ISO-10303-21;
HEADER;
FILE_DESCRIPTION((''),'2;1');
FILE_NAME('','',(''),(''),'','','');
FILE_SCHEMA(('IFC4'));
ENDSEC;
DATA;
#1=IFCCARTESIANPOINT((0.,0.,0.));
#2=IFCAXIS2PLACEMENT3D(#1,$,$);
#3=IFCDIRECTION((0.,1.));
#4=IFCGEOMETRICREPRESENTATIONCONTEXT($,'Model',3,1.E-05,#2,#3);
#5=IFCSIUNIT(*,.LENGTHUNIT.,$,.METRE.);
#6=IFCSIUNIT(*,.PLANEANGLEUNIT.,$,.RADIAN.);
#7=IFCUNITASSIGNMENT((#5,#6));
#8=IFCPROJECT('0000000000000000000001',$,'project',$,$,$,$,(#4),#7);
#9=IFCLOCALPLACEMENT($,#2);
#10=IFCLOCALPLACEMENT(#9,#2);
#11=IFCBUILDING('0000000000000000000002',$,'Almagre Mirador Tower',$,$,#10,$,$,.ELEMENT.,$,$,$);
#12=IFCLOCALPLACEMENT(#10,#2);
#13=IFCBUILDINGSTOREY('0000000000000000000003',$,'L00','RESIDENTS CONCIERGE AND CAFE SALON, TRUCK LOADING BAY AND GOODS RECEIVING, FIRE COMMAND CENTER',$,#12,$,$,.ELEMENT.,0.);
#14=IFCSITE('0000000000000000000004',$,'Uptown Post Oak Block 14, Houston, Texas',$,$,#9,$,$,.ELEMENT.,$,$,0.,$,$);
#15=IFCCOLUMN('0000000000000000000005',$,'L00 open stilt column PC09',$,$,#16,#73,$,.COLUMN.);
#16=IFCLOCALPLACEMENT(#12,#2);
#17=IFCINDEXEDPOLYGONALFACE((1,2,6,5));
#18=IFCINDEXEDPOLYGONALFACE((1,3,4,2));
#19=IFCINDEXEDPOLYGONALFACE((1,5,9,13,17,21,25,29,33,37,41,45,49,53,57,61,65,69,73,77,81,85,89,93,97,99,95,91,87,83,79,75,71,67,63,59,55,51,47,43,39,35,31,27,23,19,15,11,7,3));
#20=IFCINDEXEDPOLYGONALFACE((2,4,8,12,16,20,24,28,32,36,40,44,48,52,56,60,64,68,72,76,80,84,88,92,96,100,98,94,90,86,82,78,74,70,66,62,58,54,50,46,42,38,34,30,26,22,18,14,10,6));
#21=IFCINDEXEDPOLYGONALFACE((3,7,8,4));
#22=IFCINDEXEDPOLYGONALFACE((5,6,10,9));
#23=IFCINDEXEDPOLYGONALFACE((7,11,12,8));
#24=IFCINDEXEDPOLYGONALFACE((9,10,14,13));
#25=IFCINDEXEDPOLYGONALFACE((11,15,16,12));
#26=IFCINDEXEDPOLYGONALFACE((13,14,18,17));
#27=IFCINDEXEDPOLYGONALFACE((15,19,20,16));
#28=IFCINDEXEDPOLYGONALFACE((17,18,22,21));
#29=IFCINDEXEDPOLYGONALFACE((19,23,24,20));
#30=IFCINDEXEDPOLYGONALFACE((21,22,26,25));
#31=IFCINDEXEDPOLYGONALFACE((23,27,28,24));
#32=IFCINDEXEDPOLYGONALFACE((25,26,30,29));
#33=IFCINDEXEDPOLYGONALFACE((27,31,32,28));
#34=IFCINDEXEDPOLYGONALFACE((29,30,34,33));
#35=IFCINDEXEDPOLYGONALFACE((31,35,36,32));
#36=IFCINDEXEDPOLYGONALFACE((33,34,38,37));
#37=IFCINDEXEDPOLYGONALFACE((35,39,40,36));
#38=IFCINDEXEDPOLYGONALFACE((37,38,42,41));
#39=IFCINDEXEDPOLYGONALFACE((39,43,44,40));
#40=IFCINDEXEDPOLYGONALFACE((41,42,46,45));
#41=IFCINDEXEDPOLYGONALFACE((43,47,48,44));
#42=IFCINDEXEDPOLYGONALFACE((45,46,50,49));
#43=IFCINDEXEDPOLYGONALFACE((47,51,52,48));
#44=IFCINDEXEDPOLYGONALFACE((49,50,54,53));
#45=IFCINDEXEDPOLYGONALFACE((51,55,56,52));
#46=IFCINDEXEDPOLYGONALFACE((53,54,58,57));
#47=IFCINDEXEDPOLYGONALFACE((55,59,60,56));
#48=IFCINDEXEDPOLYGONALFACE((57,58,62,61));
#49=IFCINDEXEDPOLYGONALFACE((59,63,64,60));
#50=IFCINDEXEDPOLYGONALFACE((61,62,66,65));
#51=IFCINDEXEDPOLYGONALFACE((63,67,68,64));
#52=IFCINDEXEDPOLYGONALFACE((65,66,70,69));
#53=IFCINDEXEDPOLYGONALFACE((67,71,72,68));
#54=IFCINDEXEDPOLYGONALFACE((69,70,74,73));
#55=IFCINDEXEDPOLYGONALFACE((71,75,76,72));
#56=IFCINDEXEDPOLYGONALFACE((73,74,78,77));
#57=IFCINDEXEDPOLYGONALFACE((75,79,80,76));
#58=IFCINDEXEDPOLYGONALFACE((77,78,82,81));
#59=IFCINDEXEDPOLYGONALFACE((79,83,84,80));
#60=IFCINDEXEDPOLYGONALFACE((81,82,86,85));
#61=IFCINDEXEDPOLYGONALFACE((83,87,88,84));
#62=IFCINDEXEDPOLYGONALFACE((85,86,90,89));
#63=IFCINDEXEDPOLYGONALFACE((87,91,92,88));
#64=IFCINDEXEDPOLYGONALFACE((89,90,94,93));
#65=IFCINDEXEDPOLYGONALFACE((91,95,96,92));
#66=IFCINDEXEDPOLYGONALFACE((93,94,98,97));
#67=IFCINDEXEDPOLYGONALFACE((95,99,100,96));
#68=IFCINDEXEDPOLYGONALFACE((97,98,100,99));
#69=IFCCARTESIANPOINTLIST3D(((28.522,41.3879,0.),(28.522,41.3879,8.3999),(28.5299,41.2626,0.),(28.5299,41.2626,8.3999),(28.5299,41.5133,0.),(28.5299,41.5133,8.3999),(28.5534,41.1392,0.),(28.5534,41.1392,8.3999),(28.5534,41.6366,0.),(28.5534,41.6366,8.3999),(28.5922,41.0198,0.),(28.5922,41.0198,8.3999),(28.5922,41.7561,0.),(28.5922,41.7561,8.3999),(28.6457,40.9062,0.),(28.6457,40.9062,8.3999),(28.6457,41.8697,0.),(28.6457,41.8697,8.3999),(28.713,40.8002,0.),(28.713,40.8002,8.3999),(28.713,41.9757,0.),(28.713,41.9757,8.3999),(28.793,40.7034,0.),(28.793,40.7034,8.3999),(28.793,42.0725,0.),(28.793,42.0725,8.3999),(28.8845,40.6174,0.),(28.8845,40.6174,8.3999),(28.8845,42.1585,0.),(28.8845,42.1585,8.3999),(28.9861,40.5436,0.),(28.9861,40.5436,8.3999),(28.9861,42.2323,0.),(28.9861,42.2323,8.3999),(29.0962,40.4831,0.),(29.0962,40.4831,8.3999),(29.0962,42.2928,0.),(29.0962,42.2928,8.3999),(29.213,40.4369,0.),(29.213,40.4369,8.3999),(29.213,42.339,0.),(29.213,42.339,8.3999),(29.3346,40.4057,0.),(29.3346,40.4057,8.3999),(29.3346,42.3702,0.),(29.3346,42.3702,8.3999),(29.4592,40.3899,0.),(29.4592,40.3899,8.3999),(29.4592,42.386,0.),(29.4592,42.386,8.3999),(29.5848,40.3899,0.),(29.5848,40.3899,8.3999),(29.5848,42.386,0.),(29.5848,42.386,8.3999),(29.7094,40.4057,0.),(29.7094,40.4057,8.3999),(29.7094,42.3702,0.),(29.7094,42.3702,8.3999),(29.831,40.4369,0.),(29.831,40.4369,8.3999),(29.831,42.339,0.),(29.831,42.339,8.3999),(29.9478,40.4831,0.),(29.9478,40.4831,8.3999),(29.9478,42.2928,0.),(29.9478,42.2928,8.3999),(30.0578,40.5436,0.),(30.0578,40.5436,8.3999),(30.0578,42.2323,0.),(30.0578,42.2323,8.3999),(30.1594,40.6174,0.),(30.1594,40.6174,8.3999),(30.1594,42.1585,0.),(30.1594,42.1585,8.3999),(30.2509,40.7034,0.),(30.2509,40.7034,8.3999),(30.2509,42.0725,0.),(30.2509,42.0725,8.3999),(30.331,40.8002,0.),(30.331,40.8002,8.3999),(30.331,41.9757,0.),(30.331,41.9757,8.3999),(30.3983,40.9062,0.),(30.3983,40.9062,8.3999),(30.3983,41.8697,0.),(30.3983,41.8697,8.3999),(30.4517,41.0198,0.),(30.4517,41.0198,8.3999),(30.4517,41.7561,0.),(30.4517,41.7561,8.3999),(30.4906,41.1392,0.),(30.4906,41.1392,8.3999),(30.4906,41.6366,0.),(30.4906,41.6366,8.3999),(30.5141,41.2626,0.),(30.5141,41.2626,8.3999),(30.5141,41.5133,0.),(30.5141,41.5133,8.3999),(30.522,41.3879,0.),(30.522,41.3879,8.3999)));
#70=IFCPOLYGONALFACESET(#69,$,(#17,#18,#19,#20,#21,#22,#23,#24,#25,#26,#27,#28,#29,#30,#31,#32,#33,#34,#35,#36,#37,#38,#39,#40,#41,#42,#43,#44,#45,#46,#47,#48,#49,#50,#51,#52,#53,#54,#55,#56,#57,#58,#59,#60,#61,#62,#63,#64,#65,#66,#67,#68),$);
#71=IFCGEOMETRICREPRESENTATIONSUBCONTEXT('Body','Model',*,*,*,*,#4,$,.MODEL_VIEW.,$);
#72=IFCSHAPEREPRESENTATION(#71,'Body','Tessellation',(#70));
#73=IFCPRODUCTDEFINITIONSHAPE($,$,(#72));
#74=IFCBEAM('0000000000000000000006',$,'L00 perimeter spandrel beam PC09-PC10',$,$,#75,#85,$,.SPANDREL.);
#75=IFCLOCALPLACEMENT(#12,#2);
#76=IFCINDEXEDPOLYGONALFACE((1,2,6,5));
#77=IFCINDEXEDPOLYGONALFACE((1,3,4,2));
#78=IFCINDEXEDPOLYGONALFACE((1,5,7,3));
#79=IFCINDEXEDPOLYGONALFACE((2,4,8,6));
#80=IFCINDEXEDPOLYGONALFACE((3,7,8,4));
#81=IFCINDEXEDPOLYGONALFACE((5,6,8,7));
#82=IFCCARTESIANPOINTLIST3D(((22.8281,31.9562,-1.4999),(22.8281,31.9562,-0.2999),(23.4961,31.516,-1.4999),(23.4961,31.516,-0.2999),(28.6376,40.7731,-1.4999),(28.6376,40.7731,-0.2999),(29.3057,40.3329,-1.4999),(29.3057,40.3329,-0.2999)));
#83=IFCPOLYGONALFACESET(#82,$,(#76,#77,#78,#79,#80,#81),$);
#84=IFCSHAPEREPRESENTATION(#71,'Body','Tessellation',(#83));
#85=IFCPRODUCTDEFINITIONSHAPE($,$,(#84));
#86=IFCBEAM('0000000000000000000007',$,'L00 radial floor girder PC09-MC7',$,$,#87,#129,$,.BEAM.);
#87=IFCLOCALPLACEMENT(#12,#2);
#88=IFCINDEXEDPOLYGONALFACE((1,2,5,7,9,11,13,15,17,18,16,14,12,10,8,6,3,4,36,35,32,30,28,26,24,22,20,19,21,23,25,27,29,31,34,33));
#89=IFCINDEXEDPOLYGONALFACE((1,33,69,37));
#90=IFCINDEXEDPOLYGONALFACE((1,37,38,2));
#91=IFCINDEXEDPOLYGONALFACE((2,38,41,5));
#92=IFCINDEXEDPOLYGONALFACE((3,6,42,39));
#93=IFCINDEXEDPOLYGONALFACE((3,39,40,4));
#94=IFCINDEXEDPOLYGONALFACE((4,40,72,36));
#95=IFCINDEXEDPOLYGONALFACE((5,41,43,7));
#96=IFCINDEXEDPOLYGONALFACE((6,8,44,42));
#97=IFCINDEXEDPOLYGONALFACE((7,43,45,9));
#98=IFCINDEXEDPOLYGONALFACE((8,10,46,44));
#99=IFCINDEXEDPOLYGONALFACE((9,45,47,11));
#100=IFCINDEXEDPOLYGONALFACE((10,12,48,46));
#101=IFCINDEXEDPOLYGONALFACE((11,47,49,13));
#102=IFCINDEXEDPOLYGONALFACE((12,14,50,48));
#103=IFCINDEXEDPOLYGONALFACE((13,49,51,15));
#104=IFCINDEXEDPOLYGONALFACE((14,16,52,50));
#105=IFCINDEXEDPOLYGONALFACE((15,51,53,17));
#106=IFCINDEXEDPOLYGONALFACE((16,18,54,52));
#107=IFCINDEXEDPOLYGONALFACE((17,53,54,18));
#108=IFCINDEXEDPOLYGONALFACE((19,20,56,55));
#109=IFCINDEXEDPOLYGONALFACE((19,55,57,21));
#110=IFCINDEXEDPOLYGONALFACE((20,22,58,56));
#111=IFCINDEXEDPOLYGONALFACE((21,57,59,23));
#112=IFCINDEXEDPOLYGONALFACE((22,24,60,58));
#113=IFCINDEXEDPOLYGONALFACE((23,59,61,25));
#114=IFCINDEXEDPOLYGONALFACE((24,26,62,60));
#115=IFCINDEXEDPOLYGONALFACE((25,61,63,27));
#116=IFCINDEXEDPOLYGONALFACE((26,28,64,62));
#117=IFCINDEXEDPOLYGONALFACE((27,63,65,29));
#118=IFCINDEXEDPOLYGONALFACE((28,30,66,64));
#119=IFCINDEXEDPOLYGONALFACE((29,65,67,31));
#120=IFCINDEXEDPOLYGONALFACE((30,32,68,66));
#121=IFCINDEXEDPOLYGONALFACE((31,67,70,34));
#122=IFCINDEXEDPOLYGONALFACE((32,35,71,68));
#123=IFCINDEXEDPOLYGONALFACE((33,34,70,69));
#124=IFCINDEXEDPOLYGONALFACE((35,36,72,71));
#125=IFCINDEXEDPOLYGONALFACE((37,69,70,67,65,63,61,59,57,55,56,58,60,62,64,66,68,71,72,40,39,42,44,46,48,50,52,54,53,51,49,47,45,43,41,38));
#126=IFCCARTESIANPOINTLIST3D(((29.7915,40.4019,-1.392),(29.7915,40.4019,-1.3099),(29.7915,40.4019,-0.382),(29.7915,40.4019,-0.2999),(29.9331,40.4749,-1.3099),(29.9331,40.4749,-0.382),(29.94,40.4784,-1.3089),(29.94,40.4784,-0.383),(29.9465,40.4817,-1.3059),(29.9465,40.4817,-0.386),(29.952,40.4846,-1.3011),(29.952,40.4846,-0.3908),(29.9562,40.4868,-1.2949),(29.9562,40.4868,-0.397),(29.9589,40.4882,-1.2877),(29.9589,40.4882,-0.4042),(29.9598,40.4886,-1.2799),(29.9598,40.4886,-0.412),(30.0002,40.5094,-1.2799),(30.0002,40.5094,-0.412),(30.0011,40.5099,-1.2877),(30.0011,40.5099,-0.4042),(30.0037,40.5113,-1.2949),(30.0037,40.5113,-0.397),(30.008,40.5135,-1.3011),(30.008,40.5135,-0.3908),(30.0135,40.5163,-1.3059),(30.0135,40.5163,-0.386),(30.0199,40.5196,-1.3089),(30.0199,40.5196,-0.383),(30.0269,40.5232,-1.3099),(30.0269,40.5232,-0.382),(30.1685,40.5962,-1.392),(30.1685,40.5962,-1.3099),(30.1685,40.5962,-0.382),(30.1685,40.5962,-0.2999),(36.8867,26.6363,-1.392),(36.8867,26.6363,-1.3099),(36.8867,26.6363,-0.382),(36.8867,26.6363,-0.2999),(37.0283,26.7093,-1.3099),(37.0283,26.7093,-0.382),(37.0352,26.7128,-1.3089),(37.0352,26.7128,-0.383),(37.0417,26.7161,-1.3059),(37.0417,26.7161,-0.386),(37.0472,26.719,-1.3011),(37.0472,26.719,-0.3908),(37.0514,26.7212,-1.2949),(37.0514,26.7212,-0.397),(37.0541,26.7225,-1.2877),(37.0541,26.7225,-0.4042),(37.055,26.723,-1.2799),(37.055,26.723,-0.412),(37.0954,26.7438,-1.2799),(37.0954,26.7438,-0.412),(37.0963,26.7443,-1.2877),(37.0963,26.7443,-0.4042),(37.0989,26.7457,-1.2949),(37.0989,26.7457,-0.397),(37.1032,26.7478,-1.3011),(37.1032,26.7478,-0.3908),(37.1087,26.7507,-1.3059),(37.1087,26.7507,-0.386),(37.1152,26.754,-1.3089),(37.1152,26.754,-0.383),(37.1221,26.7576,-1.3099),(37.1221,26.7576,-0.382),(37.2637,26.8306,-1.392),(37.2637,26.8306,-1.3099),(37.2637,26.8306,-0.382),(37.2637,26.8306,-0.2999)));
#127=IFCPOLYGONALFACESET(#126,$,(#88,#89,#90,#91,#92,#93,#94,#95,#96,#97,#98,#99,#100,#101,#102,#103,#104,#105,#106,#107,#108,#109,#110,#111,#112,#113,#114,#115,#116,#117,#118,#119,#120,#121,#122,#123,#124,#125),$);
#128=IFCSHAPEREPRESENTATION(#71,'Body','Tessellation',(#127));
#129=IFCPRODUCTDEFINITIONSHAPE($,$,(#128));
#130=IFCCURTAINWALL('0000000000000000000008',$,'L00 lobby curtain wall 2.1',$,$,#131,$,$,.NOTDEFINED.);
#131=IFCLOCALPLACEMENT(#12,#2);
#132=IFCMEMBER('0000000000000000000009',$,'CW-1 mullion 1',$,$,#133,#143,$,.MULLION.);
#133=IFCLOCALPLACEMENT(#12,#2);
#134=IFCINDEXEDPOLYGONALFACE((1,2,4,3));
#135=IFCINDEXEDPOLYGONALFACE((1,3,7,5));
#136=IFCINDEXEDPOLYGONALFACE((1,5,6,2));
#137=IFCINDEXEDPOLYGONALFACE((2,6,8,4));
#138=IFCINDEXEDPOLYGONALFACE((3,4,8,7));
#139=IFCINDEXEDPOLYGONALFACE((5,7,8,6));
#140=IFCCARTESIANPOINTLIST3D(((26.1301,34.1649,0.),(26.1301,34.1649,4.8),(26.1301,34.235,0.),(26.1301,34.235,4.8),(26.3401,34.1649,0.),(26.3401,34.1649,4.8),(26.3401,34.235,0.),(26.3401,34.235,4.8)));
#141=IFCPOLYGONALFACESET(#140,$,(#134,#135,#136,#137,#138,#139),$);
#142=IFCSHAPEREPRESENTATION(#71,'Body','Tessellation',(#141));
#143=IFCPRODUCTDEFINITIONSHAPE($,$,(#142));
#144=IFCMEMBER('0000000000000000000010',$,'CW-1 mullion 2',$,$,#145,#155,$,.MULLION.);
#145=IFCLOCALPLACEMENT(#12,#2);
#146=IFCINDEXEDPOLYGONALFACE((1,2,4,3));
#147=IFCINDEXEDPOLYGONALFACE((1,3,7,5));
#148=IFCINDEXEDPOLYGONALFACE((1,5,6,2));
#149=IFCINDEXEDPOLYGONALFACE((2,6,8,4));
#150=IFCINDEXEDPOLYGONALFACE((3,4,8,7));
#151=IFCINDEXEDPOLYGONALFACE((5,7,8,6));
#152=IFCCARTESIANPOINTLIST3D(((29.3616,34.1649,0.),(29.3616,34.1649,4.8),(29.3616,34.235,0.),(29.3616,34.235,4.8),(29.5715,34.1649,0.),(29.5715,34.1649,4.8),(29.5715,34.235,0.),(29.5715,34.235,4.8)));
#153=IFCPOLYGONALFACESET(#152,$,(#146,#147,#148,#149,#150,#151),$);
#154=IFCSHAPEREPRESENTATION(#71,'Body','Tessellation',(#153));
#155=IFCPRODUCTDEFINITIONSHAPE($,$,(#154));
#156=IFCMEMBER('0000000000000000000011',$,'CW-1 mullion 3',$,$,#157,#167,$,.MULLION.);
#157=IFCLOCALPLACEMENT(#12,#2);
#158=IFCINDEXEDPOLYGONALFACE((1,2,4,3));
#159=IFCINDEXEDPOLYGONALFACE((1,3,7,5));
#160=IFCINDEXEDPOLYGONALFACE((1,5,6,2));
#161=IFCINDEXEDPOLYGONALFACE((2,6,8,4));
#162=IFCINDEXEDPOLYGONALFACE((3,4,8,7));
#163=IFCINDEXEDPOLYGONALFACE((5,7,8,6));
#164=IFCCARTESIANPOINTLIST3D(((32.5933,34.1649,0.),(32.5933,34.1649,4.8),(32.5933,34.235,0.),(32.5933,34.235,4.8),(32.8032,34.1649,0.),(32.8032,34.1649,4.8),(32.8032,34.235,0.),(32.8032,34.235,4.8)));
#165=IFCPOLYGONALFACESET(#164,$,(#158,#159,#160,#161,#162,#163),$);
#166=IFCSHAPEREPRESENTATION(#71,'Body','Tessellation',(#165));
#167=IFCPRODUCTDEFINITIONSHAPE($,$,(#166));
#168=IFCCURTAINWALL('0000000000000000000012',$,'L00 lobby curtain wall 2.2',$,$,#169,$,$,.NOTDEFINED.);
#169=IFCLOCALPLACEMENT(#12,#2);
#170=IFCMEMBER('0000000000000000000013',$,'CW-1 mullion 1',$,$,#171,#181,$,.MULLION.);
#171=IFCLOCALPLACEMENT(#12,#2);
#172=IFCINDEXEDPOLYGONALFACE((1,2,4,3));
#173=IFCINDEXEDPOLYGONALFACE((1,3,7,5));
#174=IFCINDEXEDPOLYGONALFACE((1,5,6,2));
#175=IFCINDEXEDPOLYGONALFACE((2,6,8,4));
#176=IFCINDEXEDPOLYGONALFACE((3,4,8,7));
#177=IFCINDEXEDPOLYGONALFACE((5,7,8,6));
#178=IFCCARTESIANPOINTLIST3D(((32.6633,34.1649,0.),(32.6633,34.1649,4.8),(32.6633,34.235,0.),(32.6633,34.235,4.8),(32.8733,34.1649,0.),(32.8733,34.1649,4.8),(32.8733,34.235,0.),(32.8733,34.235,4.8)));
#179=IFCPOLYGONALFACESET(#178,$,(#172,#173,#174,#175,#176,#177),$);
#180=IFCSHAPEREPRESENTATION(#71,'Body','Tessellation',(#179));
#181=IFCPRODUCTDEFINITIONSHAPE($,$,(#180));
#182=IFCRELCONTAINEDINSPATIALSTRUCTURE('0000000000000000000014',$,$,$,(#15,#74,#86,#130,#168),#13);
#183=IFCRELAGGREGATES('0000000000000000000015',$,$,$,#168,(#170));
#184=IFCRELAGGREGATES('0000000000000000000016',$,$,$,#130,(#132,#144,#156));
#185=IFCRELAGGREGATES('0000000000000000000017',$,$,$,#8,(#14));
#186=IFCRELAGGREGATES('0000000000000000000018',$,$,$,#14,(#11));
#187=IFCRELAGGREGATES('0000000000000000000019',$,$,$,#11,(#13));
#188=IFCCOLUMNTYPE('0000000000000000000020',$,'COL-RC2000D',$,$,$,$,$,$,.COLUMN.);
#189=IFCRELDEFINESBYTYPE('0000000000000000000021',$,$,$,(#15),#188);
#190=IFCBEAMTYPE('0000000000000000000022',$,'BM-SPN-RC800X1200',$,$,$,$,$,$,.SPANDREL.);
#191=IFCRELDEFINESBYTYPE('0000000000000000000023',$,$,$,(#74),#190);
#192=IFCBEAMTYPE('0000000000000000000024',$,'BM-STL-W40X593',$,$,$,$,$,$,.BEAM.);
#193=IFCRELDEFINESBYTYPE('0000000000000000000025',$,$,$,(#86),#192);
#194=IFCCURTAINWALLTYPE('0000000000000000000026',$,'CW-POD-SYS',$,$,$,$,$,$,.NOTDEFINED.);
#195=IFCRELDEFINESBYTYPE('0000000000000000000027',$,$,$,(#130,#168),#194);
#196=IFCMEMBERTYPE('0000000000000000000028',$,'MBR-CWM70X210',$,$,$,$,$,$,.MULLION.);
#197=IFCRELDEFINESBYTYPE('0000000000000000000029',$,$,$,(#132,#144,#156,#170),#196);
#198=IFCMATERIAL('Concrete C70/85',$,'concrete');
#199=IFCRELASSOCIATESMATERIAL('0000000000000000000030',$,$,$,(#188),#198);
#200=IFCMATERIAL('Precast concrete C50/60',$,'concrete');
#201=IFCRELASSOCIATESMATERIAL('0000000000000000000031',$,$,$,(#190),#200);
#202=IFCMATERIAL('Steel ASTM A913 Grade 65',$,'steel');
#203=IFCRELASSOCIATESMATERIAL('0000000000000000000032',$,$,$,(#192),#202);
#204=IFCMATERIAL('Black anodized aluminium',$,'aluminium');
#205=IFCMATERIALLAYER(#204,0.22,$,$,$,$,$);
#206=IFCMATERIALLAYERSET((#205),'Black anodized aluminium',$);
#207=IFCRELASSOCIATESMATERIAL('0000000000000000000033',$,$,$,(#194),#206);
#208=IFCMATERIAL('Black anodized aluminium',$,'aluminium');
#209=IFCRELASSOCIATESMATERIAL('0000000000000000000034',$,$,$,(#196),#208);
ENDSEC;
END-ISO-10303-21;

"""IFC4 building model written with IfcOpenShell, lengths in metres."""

from ifc_helpers import new_model, si_unit, direction, frame, origin, origin_2d, place, context, subcontext, project, spatial, rectangle, circle, i_section, extrude, material, layer, layer_set, material_profile, profile_set, type_object, element, aggregate, save


model = new_model("IFC4")

# Units and contexts
model_context = context("Model", 3, precision=1e-05, world=origin(), true_north=direction((0.0, 1.0)))
body_context = subcontext(model_context, "Body", "Model", "MODEL_VIEW")
ifc_project = project(units=[si_unit("LENGTHUNIT", "METRE"), si_unit("PLANEANGLEUNIT", "RADIAN")], contexts=[model_context])

# Site, building, storey
site_placement = place(None, origin())
site = spatial("IfcSite", under=ifc_project, at=site_placement, Name="Uptown Post Oak Block 14, Houston, Texas", CompositionType="ELEMENT", RefElevation=0.0)
building_placement = place(site_placement, origin())
building = spatial("IfcBuilding", under=site, at=building_placement, Name="Almagre Mirador Tower", CompositionType="ELEMENT")
storey_placement = place(building_placement, origin())
storey = spatial("IfcBuildingStorey", under=building, at=storey_placement, Name="L00", Description="RESIDENTS CONCIERGE AND CAFE SALON, TRUCK LOADING BAY AND GOODS RECEIVING, FIRE COMMAND CENTER", CompositionType="ELEMENT", Elevation=0.0)

# Column
ifc_material_1 = material(Name="Concrete C70/85", Category="concrete")
ifc_material_profile_1 = material_profile(ifc_material_1, circle(Radius=1.0, at=origin_2d()), Name="RC2000D")
ifc_profile_set_1 = profile_set([ifc_material_profile_1], Name="Concrete C70/85")
column_type = type_object("IfcColumnType", Name="COL-RC2000D", PredefinedType="COLUMN", material=ifc_profile_set_1)
column_placement = place(storey_placement, frame((29.522, 41.3879, 0.0), z_axis=(0.0, 0.0, 1.0), x_axis=(1.0, 0.0, 0.0)))
element("IfcColumn", 1, at=column_placement, inside=storey, type_object=column_type, Name="L00 open stilt column PC09", PredefinedType="COLUMN", context=body_context, shape_type="SweptSolid", body=[
    extrude(circle(Radius=1.0, at=origin_2d()), origin(), (0.0, 0.0, 1.0), 8.3999),
])

# Beams
ifc_material_2 = material(Name="Precast concrete C50/60", Category="concrete")
ifc_material_profile_2 = material_profile(ifc_material_2, rectangle(XDim=0.8, YDim=1.2, at=origin_2d()), Name="RC800X1200")
ifc_profile_set_2 = profile_set([ifc_material_profile_2], Name="Precast concrete C50/60")
beam_type_1 = type_object("IfcBeamType", Name="BM-SPN-RC800X1200", PredefinedType="SPANDREL", material=ifc_profile_set_2)
beam_1_placement = place(storey_placement, frame((28.9717, 40.553, -0.8999), z_axis=(-0.55021, -0.835026, 0.0), x_axis=(0.835026, -0.55021, 0.0)))
element("IfcBeam", 2, at=beam_1_placement, inside=storey, type_object=beam_type_1, Name="L00 perimeter spandrel beam PC09-PC10", PredefinedType="SPANDREL", context=body_context, shape_type="SweptSolid", body=[
    extrude(rectangle(XDim=0.8, YDim=1.2, at=origin_2d()), origin(), (0.0, 0.0, 1.0), 10.5588),
])
ifc_material_3 = material(Name="Steel ASTM A913 Grade 65", Category="steel")
ifc_material_profile_3 = material_profile(ifc_material_3, i_section(OverallWidth=0.4241, OverallDepth=1.092, WebThickness=0.0454, FlangeThickness=0.082, FilletRadius=0.03, at=origin_2d()), Name="W40X593")
ifc_profile_set_3 = profile_set([ifc_material_profile_3], Name="Steel ASTM A913 Grade 65")
beam_type_2 = type_object("IfcBeamType", Name="BM-STL-W40X593", PredefinedType="BEAM", material=ifc_profile_set_3)
beam_2_placement = place(storey_placement, frame((29.98, 40.499, -0.8459), z_axis=(0.458152, -0.888874, 0.0), x_axis=(0.888874, 0.458152, 0.0)))
element("IfcBeam", 3, at=beam_2_placement, inside=storey, type_object=beam_type_2, Name="L00 radial floor girder PC09-MC7", PredefinedType="BEAM", context=body_context, shape_type="SweptSolid", body=[
    extrude(i_section(OverallWidth=0.4241, OverallDepth=1.092, WebThickness=0.0454, FlangeThickness=0.082, FilletRadius=0.03, at=origin_2d()), origin(), (0.0, 0.0, 1.0), 15.4866),
])

# Curtain wall, members
ifc_material_4 = material(Name="Black anodized aluminium", Category="aluminium")
ifc_layer_1 = layer(ifc_material_4, 0.22)
ifc_layer_set_1 = layer_set([ifc_layer_1], Name="Black anodized aluminium")
curtain_wall_type = type_object("IfcCurtainWallType", Name="CW-POD-SYS", PredefinedType="NOTDEFINED", material=ifc_layer_set_1)
curtain_wall_1_placement = place(storey_placement, origin())
curtain_wall_1 = element("IfcCurtainWall", 4, at=curtain_wall_1_placement, inside=storey, type_object=curtain_wall_type, Name="L00 lobby curtain wall 2.1", PredefinedType="NOTDEFINED")
ifc_material_5 = material(Name="Black anodized aluminium", Category="aluminium")
ifc_material_profile_4 = material_profile(ifc_material_5, rectangle(XDim=0.0701, YDim=0.21, at=origin_2d()), Name="CWM70X210")
ifc_profile_set_4 = profile_set([ifc_material_profile_4], Name="Black anodized aluminium")
member_type_1 = type_object("IfcMemberType", Name="MBR-CWM70X210", PredefinedType="MULLION", material=ifc_profile_set_4)
member_1_placement = place(storey_placement, frame((26.2351, 34.2, 0.0), z_axis=(0.0, 0.0, 1.0), x_axis=(0.0, 1.0, 0.0)))
member_1 = element("IfcMember", 5, at=member_1_placement, type_object=member_type_1, Name="CW-1 mullion 1", PredefinedType="MULLION", context=body_context, shape_type="SweptSolid", body=[
    extrude(rectangle(XDim=0.0701, YDim=0.21, at=origin_2d()), origin(), (0.0, 0.0, 1.0), 4.8),
])
member_2_placement = place(storey_placement, frame((29.4666, 34.2, 0.0), z_axis=(0.0, 0.0, 1.0), x_axis=(0.0, 1.0, 0.0)))
member_2 = element("IfcMember", 6, at=member_2_placement, type_object=member_type_1, Name="CW-1 mullion 2", PredefinedType="MULLION", context=body_context, shape_type="SweptSolid", body=[
    extrude(rectangle(XDim=0.0701, YDim=0.21, at=origin_2d()), origin(), (0.0, 0.0, 1.0), 4.8),
])
member_3_placement = place(storey_placement, frame((32.6982, 34.2, 0.0), z_axis=(0.0, 0.0, 1.0), x_axis=(0.0, 1.0, 0.0)))
member_3 = element("IfcMember", 7, at=member_3_placement, type_object=member_type_1, Name="CW-1 mullion 3", PredefinedType="MULLION", context=body_context, shape_type="SweptSolid", body=[
    extrude(rectangle(XDim=0.0701, YDim=0.21, at=origin_2d()), origin(), (0.0, 0.0, 1.0), 4.8),
])

# Curtain wall, member
curtain_wall_2_placement = place(storey_placement, origin())
curtain_wall_2 = element("IfcCurtainWall", 8, at=curtain_wall_2_placement, inside=storey, type_object=curtain_wall_type, Name="L00 lobby curtain wall 2.2", PredefinedType="NOTDEFINED")
member_4_placement = place(storey_placement, frame((32.7683, 34.2, 0.0), z_axis=(0.0, 0.0, 1.0), x_axis=(0.0, 1.0, 0.0)))
member_4 = element("IfcMember", 9, at=member_4_placement, type_object=member_type_1, Name="CW-1 mullion 1", PredefinedType="MULLION", context=body_context, shape_type="SweptSolid", body=[
    extrude(rectangle(XDim=0.0701, YDim=0.21, at=origin_2d()), origin(), (0.0, 0.0, 1.0), 4.8),
])

aggregate(curtain_wall_2, [member_4])

aggregate(curtain_wall_1, [member_1, member_2, member_3])

save(model, "model.ifc")
